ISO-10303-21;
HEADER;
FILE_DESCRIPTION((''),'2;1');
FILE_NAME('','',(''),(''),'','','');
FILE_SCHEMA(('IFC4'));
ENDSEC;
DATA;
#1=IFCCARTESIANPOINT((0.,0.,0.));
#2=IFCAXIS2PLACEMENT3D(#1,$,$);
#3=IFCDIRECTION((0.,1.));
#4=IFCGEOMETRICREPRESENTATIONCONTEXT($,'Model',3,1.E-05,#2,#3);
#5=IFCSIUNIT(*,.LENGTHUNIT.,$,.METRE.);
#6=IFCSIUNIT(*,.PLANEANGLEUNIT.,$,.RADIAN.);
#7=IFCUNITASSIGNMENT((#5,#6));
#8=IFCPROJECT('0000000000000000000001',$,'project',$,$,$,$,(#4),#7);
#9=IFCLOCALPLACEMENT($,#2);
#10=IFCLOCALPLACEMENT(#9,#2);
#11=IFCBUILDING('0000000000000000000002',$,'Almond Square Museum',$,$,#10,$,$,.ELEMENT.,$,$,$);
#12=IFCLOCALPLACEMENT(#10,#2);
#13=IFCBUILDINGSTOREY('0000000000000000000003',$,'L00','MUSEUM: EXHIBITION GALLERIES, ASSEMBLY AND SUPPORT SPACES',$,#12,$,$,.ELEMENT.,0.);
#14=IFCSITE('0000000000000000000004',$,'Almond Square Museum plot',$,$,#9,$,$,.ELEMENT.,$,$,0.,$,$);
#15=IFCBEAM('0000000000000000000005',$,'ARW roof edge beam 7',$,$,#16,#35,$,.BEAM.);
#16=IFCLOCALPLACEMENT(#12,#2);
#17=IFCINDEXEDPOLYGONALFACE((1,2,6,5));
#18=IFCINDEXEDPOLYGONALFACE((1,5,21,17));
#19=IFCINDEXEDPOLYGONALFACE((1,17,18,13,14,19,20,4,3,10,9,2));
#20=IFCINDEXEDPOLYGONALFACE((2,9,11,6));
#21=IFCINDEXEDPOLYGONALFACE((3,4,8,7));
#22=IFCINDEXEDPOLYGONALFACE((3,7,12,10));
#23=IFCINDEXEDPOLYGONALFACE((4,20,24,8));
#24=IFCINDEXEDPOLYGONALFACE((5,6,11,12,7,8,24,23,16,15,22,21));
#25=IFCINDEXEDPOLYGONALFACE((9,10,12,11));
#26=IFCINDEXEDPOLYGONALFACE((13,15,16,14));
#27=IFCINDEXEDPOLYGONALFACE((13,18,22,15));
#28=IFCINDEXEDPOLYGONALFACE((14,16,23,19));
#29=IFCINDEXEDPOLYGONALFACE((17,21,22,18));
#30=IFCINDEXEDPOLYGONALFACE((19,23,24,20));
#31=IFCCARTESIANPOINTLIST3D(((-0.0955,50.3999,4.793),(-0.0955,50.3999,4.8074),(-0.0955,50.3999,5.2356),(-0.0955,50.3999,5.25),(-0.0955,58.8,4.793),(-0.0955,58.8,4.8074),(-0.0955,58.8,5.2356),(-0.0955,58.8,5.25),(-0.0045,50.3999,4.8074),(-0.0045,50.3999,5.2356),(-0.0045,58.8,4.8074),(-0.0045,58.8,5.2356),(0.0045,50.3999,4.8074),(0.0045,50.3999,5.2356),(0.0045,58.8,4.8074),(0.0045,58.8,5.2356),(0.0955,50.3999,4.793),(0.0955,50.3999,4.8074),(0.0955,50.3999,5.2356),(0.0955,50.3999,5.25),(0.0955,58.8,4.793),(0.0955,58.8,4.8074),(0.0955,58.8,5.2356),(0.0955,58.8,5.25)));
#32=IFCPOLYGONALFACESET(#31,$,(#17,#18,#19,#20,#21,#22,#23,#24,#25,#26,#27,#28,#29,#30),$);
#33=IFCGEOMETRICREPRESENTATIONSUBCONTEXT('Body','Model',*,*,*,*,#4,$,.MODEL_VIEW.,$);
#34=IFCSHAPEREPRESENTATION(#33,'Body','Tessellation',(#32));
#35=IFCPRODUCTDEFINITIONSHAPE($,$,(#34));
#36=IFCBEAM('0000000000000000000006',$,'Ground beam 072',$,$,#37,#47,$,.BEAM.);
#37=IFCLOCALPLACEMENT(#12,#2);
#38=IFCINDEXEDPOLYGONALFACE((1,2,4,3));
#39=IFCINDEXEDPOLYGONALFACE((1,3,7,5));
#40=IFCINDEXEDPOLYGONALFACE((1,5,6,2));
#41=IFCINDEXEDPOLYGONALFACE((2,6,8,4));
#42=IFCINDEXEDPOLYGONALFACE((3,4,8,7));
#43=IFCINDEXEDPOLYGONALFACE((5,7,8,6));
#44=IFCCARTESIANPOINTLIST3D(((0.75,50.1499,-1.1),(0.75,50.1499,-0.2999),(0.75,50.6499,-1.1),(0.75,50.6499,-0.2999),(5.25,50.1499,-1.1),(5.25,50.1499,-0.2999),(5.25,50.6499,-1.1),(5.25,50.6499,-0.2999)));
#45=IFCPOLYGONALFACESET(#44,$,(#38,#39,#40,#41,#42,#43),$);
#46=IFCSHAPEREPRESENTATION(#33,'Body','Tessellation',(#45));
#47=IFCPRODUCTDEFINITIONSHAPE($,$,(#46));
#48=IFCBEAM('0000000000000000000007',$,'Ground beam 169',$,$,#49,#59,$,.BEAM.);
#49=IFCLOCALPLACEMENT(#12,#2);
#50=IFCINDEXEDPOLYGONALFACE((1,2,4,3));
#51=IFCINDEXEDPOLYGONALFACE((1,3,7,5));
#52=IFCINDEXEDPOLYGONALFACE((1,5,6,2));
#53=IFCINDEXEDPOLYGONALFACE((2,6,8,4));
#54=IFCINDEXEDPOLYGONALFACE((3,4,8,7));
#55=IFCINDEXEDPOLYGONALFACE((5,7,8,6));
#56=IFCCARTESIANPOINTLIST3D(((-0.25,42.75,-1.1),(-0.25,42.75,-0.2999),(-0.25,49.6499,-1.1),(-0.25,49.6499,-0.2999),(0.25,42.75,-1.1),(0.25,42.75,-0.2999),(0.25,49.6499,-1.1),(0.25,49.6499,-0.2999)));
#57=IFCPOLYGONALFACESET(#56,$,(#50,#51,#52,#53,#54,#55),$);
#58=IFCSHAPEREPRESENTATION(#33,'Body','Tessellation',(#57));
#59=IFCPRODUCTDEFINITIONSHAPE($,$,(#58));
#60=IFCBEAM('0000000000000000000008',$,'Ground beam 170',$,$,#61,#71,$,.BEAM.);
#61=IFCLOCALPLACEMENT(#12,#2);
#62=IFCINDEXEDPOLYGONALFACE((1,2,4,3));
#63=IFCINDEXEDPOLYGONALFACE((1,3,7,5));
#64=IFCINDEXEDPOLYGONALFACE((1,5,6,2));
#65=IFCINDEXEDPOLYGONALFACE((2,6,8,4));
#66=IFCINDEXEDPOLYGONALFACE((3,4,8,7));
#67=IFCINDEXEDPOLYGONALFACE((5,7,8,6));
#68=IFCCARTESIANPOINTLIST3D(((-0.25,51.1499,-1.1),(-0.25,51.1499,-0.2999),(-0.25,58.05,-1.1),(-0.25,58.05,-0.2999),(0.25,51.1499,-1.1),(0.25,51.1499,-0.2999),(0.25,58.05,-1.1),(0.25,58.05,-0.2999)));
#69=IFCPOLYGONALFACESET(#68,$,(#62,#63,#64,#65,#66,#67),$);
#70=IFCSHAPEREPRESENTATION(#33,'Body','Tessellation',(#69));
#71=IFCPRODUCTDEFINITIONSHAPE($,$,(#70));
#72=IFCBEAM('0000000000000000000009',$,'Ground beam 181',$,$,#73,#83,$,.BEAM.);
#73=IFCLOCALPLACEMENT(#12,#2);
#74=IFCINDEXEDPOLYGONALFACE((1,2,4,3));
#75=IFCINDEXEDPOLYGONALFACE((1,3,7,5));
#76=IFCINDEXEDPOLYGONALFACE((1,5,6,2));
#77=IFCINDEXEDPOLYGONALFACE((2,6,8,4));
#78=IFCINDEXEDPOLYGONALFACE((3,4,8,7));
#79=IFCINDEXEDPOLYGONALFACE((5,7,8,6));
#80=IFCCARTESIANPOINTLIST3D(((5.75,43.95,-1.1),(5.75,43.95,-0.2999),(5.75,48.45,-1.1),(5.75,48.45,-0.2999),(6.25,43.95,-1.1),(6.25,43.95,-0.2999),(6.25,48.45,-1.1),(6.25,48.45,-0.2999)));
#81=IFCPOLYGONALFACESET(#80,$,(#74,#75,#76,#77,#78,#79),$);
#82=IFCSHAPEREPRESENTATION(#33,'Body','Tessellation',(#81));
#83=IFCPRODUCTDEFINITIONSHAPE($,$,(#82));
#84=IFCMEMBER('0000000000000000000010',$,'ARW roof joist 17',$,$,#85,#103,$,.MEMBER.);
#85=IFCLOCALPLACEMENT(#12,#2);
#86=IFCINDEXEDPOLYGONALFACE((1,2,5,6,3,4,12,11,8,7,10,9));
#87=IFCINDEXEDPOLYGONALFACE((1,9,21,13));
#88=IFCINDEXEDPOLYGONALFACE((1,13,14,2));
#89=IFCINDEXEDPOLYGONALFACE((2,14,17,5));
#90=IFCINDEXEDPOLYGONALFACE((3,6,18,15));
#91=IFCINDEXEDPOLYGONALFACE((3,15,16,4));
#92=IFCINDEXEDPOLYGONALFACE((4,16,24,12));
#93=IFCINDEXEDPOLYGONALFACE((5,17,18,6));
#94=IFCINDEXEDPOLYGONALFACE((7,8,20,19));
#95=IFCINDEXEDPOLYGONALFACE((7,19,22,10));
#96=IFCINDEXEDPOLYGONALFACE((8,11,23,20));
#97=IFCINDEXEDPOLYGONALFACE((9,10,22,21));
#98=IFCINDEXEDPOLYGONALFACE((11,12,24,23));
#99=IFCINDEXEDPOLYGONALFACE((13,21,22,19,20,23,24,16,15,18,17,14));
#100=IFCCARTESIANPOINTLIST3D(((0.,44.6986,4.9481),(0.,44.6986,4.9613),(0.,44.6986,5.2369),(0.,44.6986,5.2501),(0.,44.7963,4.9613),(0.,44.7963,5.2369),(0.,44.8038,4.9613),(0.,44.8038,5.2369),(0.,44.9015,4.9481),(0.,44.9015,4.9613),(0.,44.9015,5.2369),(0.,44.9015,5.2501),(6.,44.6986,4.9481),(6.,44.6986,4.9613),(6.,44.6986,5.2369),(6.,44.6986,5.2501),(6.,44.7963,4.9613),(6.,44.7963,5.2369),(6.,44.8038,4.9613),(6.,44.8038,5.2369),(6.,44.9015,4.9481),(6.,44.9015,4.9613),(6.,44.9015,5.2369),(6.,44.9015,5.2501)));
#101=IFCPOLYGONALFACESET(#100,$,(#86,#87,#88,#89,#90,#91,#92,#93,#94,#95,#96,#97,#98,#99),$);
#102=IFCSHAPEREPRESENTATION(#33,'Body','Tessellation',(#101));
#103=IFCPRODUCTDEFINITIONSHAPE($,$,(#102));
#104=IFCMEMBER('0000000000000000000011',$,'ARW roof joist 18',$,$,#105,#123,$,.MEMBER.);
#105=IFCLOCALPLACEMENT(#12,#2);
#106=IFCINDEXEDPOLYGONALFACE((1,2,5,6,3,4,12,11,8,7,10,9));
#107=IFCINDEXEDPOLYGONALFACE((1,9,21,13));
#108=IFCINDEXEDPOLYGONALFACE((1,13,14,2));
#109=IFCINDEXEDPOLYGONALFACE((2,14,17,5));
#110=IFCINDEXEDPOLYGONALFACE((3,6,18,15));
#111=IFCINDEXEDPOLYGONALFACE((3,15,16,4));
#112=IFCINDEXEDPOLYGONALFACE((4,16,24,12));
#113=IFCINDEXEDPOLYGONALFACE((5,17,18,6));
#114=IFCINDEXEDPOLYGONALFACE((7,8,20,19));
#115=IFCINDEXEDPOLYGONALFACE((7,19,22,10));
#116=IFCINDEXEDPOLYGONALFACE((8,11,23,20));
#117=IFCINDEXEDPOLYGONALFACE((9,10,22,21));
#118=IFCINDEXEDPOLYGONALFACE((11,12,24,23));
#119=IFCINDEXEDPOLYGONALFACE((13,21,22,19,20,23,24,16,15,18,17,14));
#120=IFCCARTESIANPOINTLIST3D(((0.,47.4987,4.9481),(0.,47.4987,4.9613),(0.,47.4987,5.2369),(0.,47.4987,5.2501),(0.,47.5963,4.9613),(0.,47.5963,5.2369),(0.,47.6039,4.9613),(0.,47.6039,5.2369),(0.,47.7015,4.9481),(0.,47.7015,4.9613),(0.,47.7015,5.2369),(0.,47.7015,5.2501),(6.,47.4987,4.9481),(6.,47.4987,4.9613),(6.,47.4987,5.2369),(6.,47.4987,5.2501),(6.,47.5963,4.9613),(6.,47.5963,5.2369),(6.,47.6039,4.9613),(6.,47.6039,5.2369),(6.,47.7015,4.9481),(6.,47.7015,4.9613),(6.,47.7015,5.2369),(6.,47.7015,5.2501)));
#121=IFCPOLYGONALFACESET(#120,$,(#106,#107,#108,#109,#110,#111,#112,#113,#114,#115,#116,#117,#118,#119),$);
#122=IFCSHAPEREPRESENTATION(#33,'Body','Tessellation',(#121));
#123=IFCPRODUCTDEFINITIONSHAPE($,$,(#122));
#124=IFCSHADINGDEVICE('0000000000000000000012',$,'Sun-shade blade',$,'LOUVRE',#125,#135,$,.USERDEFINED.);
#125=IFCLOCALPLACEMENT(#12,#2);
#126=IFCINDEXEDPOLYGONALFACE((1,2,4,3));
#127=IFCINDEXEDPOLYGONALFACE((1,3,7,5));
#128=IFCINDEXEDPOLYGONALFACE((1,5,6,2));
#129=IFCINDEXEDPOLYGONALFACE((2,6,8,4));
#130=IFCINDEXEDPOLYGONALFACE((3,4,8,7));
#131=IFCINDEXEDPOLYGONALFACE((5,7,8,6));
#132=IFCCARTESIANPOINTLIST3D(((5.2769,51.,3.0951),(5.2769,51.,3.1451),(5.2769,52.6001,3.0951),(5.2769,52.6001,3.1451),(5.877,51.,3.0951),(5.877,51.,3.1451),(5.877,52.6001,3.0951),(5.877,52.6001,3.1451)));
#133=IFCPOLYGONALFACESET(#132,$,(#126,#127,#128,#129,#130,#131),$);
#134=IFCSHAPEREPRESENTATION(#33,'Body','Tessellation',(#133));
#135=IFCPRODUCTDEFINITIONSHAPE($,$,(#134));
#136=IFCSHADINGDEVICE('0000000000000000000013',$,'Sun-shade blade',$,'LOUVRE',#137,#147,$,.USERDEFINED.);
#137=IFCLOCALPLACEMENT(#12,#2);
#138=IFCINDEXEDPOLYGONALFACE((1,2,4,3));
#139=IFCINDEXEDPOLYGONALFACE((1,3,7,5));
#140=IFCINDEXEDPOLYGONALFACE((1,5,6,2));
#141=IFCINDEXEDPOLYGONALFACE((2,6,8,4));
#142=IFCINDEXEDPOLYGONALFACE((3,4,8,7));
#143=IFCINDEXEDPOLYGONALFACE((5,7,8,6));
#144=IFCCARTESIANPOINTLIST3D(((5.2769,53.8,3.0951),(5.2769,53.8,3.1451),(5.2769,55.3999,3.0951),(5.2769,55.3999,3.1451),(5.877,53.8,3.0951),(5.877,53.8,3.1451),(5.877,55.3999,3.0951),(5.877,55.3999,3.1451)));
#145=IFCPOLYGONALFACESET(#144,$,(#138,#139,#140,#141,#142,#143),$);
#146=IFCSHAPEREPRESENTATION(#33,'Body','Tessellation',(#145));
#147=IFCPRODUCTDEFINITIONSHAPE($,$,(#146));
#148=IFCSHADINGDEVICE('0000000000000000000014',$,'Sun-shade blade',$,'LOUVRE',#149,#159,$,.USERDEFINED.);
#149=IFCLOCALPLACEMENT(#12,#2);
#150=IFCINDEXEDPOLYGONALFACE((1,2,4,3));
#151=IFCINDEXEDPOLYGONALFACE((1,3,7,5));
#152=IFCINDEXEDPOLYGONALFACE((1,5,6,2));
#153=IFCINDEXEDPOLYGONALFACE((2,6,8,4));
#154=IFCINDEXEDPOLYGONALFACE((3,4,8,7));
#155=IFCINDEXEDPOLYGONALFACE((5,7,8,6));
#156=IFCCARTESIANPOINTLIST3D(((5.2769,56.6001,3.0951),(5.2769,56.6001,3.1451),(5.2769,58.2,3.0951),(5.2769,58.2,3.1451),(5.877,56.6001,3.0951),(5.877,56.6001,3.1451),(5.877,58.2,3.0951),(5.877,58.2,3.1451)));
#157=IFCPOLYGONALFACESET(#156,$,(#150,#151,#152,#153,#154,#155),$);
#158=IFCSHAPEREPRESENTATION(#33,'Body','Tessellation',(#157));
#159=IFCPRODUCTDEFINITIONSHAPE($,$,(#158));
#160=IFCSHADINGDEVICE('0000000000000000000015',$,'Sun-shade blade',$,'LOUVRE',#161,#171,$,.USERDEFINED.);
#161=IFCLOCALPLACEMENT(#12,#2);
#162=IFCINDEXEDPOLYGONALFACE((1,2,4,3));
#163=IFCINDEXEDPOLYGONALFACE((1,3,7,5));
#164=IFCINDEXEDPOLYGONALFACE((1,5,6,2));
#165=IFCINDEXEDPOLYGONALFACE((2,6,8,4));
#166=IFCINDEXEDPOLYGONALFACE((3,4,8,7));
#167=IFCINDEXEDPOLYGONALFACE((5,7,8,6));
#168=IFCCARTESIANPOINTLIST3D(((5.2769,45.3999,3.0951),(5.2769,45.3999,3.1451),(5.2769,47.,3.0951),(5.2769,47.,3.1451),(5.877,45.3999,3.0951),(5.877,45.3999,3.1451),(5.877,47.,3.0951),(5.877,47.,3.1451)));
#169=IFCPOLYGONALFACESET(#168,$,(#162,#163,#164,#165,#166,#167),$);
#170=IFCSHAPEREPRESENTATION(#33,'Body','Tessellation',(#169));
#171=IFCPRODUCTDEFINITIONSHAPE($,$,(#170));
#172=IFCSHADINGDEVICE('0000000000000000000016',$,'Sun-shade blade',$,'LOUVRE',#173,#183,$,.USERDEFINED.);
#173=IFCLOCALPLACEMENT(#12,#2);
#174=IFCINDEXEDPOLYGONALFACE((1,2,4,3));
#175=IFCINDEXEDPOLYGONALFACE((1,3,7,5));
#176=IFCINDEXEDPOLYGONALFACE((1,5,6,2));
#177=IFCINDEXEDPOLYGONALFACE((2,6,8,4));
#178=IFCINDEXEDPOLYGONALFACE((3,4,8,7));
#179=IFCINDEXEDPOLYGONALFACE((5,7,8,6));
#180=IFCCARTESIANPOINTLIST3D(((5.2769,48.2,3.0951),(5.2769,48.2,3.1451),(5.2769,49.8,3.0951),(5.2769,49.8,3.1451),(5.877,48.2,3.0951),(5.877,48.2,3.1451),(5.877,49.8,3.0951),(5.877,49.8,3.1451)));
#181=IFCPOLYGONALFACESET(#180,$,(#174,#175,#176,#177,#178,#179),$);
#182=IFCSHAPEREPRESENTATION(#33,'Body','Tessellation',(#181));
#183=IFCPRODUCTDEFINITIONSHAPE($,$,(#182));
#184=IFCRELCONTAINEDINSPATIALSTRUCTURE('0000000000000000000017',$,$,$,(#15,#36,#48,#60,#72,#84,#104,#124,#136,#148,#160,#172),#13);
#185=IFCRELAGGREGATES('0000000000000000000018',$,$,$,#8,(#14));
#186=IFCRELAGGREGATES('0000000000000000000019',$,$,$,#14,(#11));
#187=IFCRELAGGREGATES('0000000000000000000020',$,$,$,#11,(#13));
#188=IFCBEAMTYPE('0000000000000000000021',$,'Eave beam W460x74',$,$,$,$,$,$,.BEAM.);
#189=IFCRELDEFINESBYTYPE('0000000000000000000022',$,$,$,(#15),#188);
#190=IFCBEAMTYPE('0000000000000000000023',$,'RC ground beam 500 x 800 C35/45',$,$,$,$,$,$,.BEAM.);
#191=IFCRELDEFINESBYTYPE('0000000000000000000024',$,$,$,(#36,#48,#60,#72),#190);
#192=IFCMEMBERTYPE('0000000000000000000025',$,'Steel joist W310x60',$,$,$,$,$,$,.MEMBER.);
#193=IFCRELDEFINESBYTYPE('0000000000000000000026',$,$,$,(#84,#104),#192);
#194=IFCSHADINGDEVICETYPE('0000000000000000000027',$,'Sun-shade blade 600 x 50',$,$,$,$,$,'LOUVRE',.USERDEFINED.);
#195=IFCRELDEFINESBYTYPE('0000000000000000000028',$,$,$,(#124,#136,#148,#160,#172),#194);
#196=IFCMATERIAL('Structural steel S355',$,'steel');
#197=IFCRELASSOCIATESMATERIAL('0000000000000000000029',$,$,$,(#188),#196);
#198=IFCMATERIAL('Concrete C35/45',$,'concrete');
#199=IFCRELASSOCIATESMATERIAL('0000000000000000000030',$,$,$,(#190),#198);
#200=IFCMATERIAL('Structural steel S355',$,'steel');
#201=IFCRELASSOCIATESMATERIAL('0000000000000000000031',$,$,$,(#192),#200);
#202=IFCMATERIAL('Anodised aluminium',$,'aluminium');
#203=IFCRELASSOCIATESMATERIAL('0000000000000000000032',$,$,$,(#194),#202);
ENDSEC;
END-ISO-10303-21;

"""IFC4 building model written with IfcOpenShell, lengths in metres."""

from ifc_helpers import new_model, si_unit, direction, frame, origin, origin_2d, place, context, subcontext, project, spatial, rectangle, i_section, extrude, material, material_profile, profile_set, type_object, element, save


model = new_model("IFC4")

# Units and contexts
model_context = context("Model", 3, precision=1e-05, world=origin(), true_north=direction((0.0, 1.0)))
body_context = subcontext(model_context, "Body", "Model", "MODEL_VIEW")
ifc_project = project(units=[si_unit("LENGTHUNIT", "METRE"), si_unit("PLANEANGLEUNIT", "RADIAN")], contexts=[model_context])

# Site, building, storey
site_placement = place(None, origin())
site = spatial("IfcSite", under=ifc_project, at=site_placement, Name="Almond Square Museum plot", CompositionType="ELEMENT", RefElevation=0.0)
building_placement = place(site_placement, origin())
building = spatial("IfcBuilding", under=site, at=building_placement, Name="Almond Square Museum", CompositionType="ELEMENT")
storey_placement = place(building_placement, origin())
storey = spatial("IfcBuildingStorey", under=building, at=storey_placement, Name="L00", Description="MUSEUM: EXHIBITION GALLERIES, ASSEMBLY AND SUPPORT SPACES", CompositionType="ELEMENT", Elevation=0.0)

# Beams
ifc_material_1 = material(Name="Structural steel S355", Category="steel")
ifc_material_profile_1 = material_profile(ifc_material_1, i_section(OverallWidth=0.1909, OverallDepth=0.457, WebThickness=0.009, FlangeThickness=0.0144, at=origin_2d()))
ifc_profile_set_1 = profile_set([ifc_material_profile_1], Name="Structural steel S355")
beam_type_1 = type_object("IfcBeamType", Name="Eave beam W460x74", PredefinedType="BEAM", material=ifc_profile_set_1)
beam_1_placement = place(storey_placement, frame((0.0, 50.3999, 5.0215), z_axis=(0.0, 1.0, 0.0), x_axis=(-1.0, 0.0, 0.0)))
element("IfcBeam", 1, at=beam_1_placement, inside=storey, type_object=beam_type_1, Name="ARW roof edge beam 7", PredefinedType="BEAM", context=body_context, shape_type="SweptSolid", body=[
    extrude(i_section(OverallWidth=0.1909, OverallDepth=0.457, WebThickness=0.009, FlangeThickness=0.0144, at=origin_2d()), origin(), (0.0, 0.0, 1.0), 8.4001),
])
ifc_material_2 = material(Name="Concrete C35/45", Category="concrete")
ifc_material_profile_2 = material_profile(ifc_material_2, rectangle(XDim=0.5, YDim=0.8, at=origin_2d()))
ifc_profile_set_2 = profile_set([ifc_material_profile_2], Name="Concrete C35/45")
beam_type_2 = type_object("IfcBeamType", Name="RC ground beam 500 x 800 C35/45", PredefinedType="BEAM", material=ifc_profile_set_2)
beam_2_placement = place(storey_placement, frame((0.75, 50.3999, -0.7), z_axis=(1.0, 0.0, 0.0), x_axis=(0.0, 1.0, 0.0)))
element("IfcBeam", 2, at=beam_2_placement, inside=storey, type_object=beam_type_2, Name="Ground beam 072", PredefinedType="BEAM", context=body_context, shape_type="SweptSolid", body=[
    extrude(rectangle(XDim=0.5, YDim=0.8, at=origin_2d()), origin(), (0.0, 0.0, 1.0), 4.5),
])
beam_3_placement = place(storey_placement, frame((0.0, 42.75, -0.7), z_axis=(0.0, 1.0, 0.0), x_axis=(-1.0, 0.0, 0.0)))
element("IfcBeam", 3, at=beam_3_placement, inside=storey, type_object=beam_type_2, Name="Ground beam 169", PredefinedType="BEAM", context=body_context, shape_type="SweptSolid", body=[
    extrude(rectangle(XDim=0.5, YDim=0.8, at=origin_2d()), origin(), (0.0, 0.0, 1.0), 6.8999),
])
beam_4_placement = place(storey_placement, frame((0.0, 51.1499, -0.7), z_axis=(0.0, 1.0, 0.0), x_axis=(-1.0, 0.0, 0.0)))
element("IfcBeam", 4, at=beam_4_placement, inside=storey, type_object=beam_type_2, Name="Ground beam 170", PredefinedType="BEAM", context=body_context, shape_type="SweptSolid", body=[
    extrude(rectangle(XDim=0.5, YDim=0.8, at=origin_2d()), origin(), (0.0, 0.0, 1.0), 6.9001),
])
beam_5_placement = place(storey_placement, frame((6.0, 43.95, -0.7), z_axis=(0.0, 1.0, 0.0), x_axis=(-1.0, 0.0, 0.0)))
element("IfcBeam", 5, at=beam_5_placement, inside=storey, type_object=beam_type_2, Name="Ground beam 181", PredefinedType="BEAM", context=body_context, shape_type="SweptSolid", body=[
    extrude(rectangle(XDim=0.5, YDim=0.8, at=origin_2d()), origin(), (0.0, 0.0, 1.0), 4.5),
])

# Members
ifc_material_3 = material(Name="Structural steel S355", Category="steel")
ifc_material_profile_3 = material_profile(ifc_material_3, i_section(OverallWidth=0.2029, OverallDepth=0.302, WebThickness=0.0076, FlangeThickness=0.0132, at=origin_2d()))
ifc_profile_set_3 = profile_set([ifc_material_profile_3], Name="Structural steel S355")
member_type = type_object("IfcMemberType", Name="Steel joist W310x60", PredefinedType="MEMBER", material=ifc_profile_set_3)
for number, where, z_axis, x_axis, name in (
    (6, (6.0, 44.8, 5.0991), (-1.0, 0.0, 0.0), (0.0, -1.0, 0.0), "ARW roof joist 17"),
    (7, (6.0, 47.6001, 5.0991), (-1.0, 0.0, 0.0), (0.0, -1.0, 0.0), "ARW roof joist 18"),
):
    element("IfcMember", number, at=place(storey_placement, frame(where, z_axis=z_axis, x_axis=x_axis)), inside=storey, type_object=member_type, Name=name, PredefinedType="MEMBER", context=body_context, shape_type="SweptSolid", body=[
        extrude(i_section(OverallWidth=0.2029, OverallDepth=0.302, WebThickness=0.0076, FlangeThickness=0.0132, at=origin_2d()), origin(), (0.0, 0.0, 1.0), 6.0),
    ])

# Shading devices
ifc_material_4 = material(Name="Anodised aluminium", Category="aluminium")
ifc_material_profile_4 = material_profile(ifc_material_4, rectangle(XDim=0.6001, YDim=0.05, at=origin_2d()))
ifc_profile_set_4 = profile_set([ifc_material_profile_4], Name="Anodised aluminium")
shading_device_type = type_object("IfcShadingDeviceType", Name="Sun-shade blade 600 x 50", ElementType="LOUVRE", PredefinedType="USERDEFINED", material=ifc_profile_set_4)
shading_device_placement = place(storey_placement, frame((5.5769, 51.0, 3.1201), z_axis=(0.0, 1.0, 0.0), x_axis=(-1.0, 0.0, 0.0)))
element("IfcShadingDevice", 8, at=shading_device_placement, inside=storey, type_object=shading_device_type, Name="Sun-shade blade", ObjectType="LOUVRE", PredefinedType="USERDEFINED", context=body_context, shape_type="SweptSolid", body=[
    extrude(rectangle(XDim=0.6001, YDim=0.05, at=origin_2d()), origin(), (0.0, 0.0, 1.0), 1.6001),
])
for number, where, z_axis, x_axis, name in (
    (9, (5.5769, 53.8, 3.1201), (0.0, 1.0, 0.0), (-1.0, 0.0, 0.0), "Sun-shade blade"),
    (10, (5.5769, 56.6001, 3.1201), (0.0, 1.0, 0.0), (-1.0, 0.0, 0.0), "Sun-shade blade"),
):
    element("IfcShadingDevice", number, at=place(storey_placement, frame(where, z_axis=z_axis, x_axis=x_axis)), inside=storey, type_object=shading_device_type, Name=name, ObjectType="LOUVRE", PredefinedType="USERDEFINED", context=body_context, shape_type="SweptSolid", body=[
        extrude(rectangle(XDim=0.6001, YDim=0.05, at=origin_2d()), origin(), (0.0, 0.0, 1.0), 1.5999),
    ])
for number, where, z_axis, x_axis, name in (
    (11, (5.5769, 45.3999, 3.1201), (0.0, 1.0, 0.0), (-1.0, 0.0, 0.0), "Sun-shade blade"),
    (12, (5.5769, 48.2, 3.1201), (0.0, 1.0, 0.0), (-1.0, 0.0, 0.0), "Sun-shade blade"),
):
    element("IfcShadingDevice", number, at=place(storey_placement, frame(where, z_axis=z_axis, x_axis=x_axis)), inside=storey, type_object=shading_device_type, Name=name, ObjectType="LOUVRE", PredefinedType="USERDEFINED", context=body_context, shape_type="SweptSolid", body=[
        extrude(rectangle(XDim=0.6001, YDim=0.05, at=origin_2d()), origin(), (0.0, 0.0, 1.0), 1.6001),
    ])

save(model, "model.ifc")
